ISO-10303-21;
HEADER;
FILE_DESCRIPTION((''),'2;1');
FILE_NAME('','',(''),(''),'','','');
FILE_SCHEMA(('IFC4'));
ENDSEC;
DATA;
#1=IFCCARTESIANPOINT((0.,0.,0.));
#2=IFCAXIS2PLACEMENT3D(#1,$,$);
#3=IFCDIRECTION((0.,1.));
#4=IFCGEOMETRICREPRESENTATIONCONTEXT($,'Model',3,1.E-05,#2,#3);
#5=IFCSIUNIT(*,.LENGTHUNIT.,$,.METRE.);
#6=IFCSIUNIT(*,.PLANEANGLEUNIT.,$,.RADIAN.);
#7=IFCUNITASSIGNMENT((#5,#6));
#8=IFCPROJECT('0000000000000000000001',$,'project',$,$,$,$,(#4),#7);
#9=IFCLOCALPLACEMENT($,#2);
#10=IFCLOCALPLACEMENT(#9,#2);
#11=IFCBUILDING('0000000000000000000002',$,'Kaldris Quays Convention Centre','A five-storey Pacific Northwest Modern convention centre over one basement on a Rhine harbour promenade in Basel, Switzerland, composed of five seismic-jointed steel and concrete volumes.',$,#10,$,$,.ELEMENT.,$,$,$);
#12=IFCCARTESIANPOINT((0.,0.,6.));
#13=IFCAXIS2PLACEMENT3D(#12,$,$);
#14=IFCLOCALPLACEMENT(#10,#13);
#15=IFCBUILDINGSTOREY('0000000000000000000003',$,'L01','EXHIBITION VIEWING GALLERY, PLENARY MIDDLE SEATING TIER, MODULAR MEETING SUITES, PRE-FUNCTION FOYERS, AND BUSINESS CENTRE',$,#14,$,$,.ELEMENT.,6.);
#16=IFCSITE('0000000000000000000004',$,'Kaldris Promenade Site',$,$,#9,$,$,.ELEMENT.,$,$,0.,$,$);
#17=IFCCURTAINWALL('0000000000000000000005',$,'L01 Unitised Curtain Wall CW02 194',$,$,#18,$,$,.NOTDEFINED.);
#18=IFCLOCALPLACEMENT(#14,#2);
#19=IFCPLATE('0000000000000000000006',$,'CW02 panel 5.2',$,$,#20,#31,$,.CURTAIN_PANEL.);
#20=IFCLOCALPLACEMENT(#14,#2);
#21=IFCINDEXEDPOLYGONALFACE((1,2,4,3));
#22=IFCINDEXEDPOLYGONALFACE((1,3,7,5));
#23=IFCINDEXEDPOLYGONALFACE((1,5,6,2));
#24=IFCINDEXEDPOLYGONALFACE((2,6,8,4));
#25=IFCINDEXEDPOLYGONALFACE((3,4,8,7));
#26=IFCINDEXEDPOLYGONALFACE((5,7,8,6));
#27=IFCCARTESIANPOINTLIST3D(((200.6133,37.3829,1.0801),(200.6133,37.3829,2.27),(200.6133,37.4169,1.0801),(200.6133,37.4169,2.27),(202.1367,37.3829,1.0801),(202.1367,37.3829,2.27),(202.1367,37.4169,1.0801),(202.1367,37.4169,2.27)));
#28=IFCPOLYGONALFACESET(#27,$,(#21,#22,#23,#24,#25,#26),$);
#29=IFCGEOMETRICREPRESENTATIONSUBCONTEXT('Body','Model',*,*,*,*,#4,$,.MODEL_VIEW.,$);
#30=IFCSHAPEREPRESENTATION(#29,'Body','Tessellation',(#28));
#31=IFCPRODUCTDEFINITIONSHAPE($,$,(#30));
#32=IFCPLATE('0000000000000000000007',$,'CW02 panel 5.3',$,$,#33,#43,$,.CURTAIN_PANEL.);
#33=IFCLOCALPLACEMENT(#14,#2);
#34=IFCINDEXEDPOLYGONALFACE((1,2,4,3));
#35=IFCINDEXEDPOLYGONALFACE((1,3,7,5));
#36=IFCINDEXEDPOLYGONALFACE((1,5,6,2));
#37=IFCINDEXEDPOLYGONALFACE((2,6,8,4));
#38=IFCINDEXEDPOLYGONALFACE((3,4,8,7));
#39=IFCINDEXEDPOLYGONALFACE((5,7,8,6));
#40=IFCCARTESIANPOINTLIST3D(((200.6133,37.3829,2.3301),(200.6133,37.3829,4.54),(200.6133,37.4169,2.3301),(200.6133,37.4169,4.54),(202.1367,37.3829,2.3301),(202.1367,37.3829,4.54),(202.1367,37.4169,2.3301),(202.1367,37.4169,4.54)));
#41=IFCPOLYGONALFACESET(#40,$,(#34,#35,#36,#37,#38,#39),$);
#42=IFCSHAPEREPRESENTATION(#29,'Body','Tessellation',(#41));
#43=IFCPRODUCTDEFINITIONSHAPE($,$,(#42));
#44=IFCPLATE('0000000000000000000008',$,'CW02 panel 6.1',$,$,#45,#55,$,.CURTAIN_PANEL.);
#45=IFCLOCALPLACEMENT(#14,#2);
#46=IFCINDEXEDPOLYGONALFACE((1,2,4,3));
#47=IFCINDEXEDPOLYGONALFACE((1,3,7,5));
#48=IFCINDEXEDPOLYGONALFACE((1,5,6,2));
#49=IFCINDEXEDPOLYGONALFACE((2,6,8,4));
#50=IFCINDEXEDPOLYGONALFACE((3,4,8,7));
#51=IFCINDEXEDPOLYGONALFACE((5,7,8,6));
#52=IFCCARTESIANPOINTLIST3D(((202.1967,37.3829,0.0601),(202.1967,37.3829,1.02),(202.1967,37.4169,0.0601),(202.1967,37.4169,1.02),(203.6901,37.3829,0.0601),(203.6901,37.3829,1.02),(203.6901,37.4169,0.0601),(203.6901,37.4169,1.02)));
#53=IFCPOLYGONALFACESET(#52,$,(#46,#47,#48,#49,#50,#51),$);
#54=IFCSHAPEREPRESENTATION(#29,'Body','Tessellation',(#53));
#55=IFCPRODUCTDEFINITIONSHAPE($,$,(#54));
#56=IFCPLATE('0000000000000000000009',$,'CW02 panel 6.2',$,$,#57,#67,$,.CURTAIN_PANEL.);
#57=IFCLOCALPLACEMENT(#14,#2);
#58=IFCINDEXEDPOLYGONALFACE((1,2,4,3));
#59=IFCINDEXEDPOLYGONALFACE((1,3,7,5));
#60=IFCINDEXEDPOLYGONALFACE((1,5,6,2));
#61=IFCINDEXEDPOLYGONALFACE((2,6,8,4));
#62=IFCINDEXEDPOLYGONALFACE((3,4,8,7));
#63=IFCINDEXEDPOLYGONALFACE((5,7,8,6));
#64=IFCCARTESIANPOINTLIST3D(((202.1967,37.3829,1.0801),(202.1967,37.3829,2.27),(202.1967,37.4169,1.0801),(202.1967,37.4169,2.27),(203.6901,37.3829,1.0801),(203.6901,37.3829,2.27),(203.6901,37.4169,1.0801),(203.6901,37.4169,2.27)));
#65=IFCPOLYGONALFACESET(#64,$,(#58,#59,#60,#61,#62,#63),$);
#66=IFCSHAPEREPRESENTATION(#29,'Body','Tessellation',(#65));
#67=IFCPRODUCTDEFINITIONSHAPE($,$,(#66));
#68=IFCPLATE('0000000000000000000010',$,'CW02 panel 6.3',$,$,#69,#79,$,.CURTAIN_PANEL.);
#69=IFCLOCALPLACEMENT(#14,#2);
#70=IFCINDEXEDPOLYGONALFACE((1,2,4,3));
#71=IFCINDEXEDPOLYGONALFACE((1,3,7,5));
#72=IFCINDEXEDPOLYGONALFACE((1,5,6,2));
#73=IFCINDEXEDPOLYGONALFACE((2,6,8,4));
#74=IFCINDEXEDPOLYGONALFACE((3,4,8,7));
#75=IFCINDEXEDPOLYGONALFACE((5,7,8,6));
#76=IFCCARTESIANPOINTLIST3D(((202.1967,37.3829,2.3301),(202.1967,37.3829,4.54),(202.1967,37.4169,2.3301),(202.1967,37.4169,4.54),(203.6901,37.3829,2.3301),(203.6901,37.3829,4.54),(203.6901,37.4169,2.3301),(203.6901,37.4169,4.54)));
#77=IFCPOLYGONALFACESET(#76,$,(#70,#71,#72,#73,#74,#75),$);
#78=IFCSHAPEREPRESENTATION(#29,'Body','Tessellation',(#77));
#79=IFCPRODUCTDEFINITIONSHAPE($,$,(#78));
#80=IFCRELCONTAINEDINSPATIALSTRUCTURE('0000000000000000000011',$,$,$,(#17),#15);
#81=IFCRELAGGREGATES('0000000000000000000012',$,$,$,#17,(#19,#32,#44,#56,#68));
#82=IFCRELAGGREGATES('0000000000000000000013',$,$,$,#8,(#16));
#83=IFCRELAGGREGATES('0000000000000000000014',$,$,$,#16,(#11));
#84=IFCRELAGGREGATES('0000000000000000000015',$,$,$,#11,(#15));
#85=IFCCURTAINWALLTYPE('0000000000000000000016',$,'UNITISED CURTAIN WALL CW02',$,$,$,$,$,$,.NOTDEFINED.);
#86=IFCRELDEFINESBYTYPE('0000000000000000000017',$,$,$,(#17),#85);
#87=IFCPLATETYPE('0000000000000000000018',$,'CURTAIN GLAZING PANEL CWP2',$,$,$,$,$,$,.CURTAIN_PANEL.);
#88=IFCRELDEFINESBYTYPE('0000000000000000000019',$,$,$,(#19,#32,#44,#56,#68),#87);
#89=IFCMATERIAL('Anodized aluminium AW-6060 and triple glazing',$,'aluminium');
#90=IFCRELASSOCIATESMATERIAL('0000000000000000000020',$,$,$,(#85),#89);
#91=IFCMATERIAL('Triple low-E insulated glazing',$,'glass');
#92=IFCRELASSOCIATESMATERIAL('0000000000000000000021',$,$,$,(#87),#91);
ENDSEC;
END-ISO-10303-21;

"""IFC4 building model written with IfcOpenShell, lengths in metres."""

from ifc_helpers import new_model, si_unit, direction, frame, origin, origin_2d, place, context, subcontext, project, spatial, rectangle, extrude, material, type_object, element, aggregate, save


model = new_model("IFC4")

# Units and contexts
model_context = context("Model", 3, precision=1e-05, world=origin(), true_north=direction((0.0, 1.0)))
body_context = subcontext(model_context, "Body", "Model", "MODEL_VIEW")
ifc_project = project(units=[si_unit("LENGTHUNIT", "METRE"), si_unit("PLANEANGLEUNIT", "RADIAN")], contexts=[model_context])

# Site, building, storey
site_placement = place(None, origin())
site = spatial("IfcSite", under=ifc_project, at=site_placement, Name="Kaldris Promenade Site", CompositionType="ELEMENT", RefElevation=0.0)
building_placement = place(site_placement, origin())
building = spatial("IfcBuilding", under=site, at=building_placement, Name="Kaldris Quays Convention Centre", Description="A five-storey Pacific Northwest Modern convention centre over one basement on a Rhine harbour promenade in Basel, Switzerland, composed of five seismic-jointed steel and concrete volumes.", CompositionType="ELEMENT")
storey_placement = place(building_placement, frame((0.0, 0.0, 6.0)))
storey = spatial("IfcBuildingStorey", under=building, at=storey_placement, Name="L01", Description="EXHIBITION VIEWING GALLERY, PLENARY MIDDLE SEATING TIER, MODULAR MEETING SUITES, PRE-FUNCTION FOYERS, AND BUSINESS CENTRE", CompositionType="ELEMENT", Elevation=6.0)

# Curtain wall, plates
ifc_material_1 = material(Name="Anodized aluminium AW-6060 and triple glazing", Category="aluminium")
curtain_wall_type = type_object("IfcCurtainWallType", Name="UNITISED CURTAIN WALL CW02", PredefinedType="NOTDEFINED", material=ifc_material_1)
curtain_wall_placement = place(storey_placement, origin())
curtain_wall = element("IfcCurtainWall", 1, at=curtain_wall_placement, inside=storey, type_object=curtain_wall_type, Name="L01 Unitised Curtain Wall CW02 194", PredefinedType="NOTDEFINED")
ifc_material_2 = material(Name="Triple low-E insulated glazing", Category="glass")
plate_type = type_object("IfcPlateType", Name="CURTAIN GLAZING PANEL CWP2", PredefinedType="CURTAIN_PANEL", material=ifc_material_2)
plate_1_placement = place(storey_placement, frame((201.375, 37.3999, 1.0801), z_axis=(0.0, 0.0, 1.0), x_axis=(1.0, 0.0, 0.0)))
plate_1 = element("IfcPlate", 2, at=plate_1_placement, type_object=plate_type, Name="CW02 panel 5.2", PredefinedType="CURTAIN_PANEL", context=body_context, shape_type="SweptSolid", body=[
    extrude(rectangle(XDim=1.5234, YDim=0.0339, at=origin_2d()), origin(), (0.0, 0.0, 1.0), 1.1899),
])
plate_2_placement = place(storey_placement, frame((201.375, 37.3999, 2.3301), z_axis=(0.0, 0.0, 1.0), x_axis=(1.0, 0.0, 0.0)))
plate_2 = element("IfcPlate", 3, at=plate_2_placement, type_object=plate_type, Name="CW02 panel 5.3", PredefinedType="CURTAIN_PANEL", context=body_context, shape_type="SweptSolid", body=[
    extrude(rectangle(XDim=1.5234, YDim=0.0339, at=origin_2d()), origin(), (0.0, 0.0, 1.0), 2.21),
])
plate_3_placement = place(storey_placement, frame((202.9434, 37.3999, 0.0601), z_axis=(0.0, 0.0, 1.0), x_axis=(1.0, 0.0, 0.0)))
plate_3 = element("IfcPlate", 4, at=plate_3_placement, type_object=plate_type, Name="CW02 panel 6.1", PredefinedType="CURTAIN_PANEL", context=body_context, shape_type="SweptSolid", body=[
    extrude(rectangle(XDim=1.4934, YDim=0.0339, at=origin_2d()), origin(), (0.0, 0.0, 1.0), 0.96),
])
plate_4_placement = place(storey_placement, frame((202.9434, 37.3999, 1.0801), z_axis=(0.0, 0.0, 1.0), x_axis=(1.0, 0.0, 0.0)))
plate_4 = element("IfcPlate", 5, at=plate_4_placement, type_object=plate_type, Name="CW02 panel 6.2", PredefinedType="CURTAIN_PANEL", context=body_context, shape_type="SweptSolid", body=[
    extrude(rectangle(XDim=1.4934, YDim=0.0339, at=origin_2d()), origin(), (0.0, 0.0, 1.0), 1.1899),
])
plate_5_placement = place(storey_placement, frame((202.9434, 37.3999, 2.3301), z_axis=(0.0, 0.0, 1.0), x_axis=(1.0, 0.0, 0.0)))
plate_5 = element("IfcPlate", 6, at=plate_5_placement, type_object=plate_type, Name="CW02 panel 6.3", PredefinedType="CURTAIN_PANEL", context=body_context, shape_type="SweptSolid", body=[
    extrude(rectangle(XDim=1.4934, YDim=0.0339, at=origin_2d()), origin(), (0.0, 0.0, 1.0), 2.21),
])
aggregate(curtain_wall, [plate_1, plate_2, plate_3, plate_4, plate_5])

save(model, "model.ifc")
